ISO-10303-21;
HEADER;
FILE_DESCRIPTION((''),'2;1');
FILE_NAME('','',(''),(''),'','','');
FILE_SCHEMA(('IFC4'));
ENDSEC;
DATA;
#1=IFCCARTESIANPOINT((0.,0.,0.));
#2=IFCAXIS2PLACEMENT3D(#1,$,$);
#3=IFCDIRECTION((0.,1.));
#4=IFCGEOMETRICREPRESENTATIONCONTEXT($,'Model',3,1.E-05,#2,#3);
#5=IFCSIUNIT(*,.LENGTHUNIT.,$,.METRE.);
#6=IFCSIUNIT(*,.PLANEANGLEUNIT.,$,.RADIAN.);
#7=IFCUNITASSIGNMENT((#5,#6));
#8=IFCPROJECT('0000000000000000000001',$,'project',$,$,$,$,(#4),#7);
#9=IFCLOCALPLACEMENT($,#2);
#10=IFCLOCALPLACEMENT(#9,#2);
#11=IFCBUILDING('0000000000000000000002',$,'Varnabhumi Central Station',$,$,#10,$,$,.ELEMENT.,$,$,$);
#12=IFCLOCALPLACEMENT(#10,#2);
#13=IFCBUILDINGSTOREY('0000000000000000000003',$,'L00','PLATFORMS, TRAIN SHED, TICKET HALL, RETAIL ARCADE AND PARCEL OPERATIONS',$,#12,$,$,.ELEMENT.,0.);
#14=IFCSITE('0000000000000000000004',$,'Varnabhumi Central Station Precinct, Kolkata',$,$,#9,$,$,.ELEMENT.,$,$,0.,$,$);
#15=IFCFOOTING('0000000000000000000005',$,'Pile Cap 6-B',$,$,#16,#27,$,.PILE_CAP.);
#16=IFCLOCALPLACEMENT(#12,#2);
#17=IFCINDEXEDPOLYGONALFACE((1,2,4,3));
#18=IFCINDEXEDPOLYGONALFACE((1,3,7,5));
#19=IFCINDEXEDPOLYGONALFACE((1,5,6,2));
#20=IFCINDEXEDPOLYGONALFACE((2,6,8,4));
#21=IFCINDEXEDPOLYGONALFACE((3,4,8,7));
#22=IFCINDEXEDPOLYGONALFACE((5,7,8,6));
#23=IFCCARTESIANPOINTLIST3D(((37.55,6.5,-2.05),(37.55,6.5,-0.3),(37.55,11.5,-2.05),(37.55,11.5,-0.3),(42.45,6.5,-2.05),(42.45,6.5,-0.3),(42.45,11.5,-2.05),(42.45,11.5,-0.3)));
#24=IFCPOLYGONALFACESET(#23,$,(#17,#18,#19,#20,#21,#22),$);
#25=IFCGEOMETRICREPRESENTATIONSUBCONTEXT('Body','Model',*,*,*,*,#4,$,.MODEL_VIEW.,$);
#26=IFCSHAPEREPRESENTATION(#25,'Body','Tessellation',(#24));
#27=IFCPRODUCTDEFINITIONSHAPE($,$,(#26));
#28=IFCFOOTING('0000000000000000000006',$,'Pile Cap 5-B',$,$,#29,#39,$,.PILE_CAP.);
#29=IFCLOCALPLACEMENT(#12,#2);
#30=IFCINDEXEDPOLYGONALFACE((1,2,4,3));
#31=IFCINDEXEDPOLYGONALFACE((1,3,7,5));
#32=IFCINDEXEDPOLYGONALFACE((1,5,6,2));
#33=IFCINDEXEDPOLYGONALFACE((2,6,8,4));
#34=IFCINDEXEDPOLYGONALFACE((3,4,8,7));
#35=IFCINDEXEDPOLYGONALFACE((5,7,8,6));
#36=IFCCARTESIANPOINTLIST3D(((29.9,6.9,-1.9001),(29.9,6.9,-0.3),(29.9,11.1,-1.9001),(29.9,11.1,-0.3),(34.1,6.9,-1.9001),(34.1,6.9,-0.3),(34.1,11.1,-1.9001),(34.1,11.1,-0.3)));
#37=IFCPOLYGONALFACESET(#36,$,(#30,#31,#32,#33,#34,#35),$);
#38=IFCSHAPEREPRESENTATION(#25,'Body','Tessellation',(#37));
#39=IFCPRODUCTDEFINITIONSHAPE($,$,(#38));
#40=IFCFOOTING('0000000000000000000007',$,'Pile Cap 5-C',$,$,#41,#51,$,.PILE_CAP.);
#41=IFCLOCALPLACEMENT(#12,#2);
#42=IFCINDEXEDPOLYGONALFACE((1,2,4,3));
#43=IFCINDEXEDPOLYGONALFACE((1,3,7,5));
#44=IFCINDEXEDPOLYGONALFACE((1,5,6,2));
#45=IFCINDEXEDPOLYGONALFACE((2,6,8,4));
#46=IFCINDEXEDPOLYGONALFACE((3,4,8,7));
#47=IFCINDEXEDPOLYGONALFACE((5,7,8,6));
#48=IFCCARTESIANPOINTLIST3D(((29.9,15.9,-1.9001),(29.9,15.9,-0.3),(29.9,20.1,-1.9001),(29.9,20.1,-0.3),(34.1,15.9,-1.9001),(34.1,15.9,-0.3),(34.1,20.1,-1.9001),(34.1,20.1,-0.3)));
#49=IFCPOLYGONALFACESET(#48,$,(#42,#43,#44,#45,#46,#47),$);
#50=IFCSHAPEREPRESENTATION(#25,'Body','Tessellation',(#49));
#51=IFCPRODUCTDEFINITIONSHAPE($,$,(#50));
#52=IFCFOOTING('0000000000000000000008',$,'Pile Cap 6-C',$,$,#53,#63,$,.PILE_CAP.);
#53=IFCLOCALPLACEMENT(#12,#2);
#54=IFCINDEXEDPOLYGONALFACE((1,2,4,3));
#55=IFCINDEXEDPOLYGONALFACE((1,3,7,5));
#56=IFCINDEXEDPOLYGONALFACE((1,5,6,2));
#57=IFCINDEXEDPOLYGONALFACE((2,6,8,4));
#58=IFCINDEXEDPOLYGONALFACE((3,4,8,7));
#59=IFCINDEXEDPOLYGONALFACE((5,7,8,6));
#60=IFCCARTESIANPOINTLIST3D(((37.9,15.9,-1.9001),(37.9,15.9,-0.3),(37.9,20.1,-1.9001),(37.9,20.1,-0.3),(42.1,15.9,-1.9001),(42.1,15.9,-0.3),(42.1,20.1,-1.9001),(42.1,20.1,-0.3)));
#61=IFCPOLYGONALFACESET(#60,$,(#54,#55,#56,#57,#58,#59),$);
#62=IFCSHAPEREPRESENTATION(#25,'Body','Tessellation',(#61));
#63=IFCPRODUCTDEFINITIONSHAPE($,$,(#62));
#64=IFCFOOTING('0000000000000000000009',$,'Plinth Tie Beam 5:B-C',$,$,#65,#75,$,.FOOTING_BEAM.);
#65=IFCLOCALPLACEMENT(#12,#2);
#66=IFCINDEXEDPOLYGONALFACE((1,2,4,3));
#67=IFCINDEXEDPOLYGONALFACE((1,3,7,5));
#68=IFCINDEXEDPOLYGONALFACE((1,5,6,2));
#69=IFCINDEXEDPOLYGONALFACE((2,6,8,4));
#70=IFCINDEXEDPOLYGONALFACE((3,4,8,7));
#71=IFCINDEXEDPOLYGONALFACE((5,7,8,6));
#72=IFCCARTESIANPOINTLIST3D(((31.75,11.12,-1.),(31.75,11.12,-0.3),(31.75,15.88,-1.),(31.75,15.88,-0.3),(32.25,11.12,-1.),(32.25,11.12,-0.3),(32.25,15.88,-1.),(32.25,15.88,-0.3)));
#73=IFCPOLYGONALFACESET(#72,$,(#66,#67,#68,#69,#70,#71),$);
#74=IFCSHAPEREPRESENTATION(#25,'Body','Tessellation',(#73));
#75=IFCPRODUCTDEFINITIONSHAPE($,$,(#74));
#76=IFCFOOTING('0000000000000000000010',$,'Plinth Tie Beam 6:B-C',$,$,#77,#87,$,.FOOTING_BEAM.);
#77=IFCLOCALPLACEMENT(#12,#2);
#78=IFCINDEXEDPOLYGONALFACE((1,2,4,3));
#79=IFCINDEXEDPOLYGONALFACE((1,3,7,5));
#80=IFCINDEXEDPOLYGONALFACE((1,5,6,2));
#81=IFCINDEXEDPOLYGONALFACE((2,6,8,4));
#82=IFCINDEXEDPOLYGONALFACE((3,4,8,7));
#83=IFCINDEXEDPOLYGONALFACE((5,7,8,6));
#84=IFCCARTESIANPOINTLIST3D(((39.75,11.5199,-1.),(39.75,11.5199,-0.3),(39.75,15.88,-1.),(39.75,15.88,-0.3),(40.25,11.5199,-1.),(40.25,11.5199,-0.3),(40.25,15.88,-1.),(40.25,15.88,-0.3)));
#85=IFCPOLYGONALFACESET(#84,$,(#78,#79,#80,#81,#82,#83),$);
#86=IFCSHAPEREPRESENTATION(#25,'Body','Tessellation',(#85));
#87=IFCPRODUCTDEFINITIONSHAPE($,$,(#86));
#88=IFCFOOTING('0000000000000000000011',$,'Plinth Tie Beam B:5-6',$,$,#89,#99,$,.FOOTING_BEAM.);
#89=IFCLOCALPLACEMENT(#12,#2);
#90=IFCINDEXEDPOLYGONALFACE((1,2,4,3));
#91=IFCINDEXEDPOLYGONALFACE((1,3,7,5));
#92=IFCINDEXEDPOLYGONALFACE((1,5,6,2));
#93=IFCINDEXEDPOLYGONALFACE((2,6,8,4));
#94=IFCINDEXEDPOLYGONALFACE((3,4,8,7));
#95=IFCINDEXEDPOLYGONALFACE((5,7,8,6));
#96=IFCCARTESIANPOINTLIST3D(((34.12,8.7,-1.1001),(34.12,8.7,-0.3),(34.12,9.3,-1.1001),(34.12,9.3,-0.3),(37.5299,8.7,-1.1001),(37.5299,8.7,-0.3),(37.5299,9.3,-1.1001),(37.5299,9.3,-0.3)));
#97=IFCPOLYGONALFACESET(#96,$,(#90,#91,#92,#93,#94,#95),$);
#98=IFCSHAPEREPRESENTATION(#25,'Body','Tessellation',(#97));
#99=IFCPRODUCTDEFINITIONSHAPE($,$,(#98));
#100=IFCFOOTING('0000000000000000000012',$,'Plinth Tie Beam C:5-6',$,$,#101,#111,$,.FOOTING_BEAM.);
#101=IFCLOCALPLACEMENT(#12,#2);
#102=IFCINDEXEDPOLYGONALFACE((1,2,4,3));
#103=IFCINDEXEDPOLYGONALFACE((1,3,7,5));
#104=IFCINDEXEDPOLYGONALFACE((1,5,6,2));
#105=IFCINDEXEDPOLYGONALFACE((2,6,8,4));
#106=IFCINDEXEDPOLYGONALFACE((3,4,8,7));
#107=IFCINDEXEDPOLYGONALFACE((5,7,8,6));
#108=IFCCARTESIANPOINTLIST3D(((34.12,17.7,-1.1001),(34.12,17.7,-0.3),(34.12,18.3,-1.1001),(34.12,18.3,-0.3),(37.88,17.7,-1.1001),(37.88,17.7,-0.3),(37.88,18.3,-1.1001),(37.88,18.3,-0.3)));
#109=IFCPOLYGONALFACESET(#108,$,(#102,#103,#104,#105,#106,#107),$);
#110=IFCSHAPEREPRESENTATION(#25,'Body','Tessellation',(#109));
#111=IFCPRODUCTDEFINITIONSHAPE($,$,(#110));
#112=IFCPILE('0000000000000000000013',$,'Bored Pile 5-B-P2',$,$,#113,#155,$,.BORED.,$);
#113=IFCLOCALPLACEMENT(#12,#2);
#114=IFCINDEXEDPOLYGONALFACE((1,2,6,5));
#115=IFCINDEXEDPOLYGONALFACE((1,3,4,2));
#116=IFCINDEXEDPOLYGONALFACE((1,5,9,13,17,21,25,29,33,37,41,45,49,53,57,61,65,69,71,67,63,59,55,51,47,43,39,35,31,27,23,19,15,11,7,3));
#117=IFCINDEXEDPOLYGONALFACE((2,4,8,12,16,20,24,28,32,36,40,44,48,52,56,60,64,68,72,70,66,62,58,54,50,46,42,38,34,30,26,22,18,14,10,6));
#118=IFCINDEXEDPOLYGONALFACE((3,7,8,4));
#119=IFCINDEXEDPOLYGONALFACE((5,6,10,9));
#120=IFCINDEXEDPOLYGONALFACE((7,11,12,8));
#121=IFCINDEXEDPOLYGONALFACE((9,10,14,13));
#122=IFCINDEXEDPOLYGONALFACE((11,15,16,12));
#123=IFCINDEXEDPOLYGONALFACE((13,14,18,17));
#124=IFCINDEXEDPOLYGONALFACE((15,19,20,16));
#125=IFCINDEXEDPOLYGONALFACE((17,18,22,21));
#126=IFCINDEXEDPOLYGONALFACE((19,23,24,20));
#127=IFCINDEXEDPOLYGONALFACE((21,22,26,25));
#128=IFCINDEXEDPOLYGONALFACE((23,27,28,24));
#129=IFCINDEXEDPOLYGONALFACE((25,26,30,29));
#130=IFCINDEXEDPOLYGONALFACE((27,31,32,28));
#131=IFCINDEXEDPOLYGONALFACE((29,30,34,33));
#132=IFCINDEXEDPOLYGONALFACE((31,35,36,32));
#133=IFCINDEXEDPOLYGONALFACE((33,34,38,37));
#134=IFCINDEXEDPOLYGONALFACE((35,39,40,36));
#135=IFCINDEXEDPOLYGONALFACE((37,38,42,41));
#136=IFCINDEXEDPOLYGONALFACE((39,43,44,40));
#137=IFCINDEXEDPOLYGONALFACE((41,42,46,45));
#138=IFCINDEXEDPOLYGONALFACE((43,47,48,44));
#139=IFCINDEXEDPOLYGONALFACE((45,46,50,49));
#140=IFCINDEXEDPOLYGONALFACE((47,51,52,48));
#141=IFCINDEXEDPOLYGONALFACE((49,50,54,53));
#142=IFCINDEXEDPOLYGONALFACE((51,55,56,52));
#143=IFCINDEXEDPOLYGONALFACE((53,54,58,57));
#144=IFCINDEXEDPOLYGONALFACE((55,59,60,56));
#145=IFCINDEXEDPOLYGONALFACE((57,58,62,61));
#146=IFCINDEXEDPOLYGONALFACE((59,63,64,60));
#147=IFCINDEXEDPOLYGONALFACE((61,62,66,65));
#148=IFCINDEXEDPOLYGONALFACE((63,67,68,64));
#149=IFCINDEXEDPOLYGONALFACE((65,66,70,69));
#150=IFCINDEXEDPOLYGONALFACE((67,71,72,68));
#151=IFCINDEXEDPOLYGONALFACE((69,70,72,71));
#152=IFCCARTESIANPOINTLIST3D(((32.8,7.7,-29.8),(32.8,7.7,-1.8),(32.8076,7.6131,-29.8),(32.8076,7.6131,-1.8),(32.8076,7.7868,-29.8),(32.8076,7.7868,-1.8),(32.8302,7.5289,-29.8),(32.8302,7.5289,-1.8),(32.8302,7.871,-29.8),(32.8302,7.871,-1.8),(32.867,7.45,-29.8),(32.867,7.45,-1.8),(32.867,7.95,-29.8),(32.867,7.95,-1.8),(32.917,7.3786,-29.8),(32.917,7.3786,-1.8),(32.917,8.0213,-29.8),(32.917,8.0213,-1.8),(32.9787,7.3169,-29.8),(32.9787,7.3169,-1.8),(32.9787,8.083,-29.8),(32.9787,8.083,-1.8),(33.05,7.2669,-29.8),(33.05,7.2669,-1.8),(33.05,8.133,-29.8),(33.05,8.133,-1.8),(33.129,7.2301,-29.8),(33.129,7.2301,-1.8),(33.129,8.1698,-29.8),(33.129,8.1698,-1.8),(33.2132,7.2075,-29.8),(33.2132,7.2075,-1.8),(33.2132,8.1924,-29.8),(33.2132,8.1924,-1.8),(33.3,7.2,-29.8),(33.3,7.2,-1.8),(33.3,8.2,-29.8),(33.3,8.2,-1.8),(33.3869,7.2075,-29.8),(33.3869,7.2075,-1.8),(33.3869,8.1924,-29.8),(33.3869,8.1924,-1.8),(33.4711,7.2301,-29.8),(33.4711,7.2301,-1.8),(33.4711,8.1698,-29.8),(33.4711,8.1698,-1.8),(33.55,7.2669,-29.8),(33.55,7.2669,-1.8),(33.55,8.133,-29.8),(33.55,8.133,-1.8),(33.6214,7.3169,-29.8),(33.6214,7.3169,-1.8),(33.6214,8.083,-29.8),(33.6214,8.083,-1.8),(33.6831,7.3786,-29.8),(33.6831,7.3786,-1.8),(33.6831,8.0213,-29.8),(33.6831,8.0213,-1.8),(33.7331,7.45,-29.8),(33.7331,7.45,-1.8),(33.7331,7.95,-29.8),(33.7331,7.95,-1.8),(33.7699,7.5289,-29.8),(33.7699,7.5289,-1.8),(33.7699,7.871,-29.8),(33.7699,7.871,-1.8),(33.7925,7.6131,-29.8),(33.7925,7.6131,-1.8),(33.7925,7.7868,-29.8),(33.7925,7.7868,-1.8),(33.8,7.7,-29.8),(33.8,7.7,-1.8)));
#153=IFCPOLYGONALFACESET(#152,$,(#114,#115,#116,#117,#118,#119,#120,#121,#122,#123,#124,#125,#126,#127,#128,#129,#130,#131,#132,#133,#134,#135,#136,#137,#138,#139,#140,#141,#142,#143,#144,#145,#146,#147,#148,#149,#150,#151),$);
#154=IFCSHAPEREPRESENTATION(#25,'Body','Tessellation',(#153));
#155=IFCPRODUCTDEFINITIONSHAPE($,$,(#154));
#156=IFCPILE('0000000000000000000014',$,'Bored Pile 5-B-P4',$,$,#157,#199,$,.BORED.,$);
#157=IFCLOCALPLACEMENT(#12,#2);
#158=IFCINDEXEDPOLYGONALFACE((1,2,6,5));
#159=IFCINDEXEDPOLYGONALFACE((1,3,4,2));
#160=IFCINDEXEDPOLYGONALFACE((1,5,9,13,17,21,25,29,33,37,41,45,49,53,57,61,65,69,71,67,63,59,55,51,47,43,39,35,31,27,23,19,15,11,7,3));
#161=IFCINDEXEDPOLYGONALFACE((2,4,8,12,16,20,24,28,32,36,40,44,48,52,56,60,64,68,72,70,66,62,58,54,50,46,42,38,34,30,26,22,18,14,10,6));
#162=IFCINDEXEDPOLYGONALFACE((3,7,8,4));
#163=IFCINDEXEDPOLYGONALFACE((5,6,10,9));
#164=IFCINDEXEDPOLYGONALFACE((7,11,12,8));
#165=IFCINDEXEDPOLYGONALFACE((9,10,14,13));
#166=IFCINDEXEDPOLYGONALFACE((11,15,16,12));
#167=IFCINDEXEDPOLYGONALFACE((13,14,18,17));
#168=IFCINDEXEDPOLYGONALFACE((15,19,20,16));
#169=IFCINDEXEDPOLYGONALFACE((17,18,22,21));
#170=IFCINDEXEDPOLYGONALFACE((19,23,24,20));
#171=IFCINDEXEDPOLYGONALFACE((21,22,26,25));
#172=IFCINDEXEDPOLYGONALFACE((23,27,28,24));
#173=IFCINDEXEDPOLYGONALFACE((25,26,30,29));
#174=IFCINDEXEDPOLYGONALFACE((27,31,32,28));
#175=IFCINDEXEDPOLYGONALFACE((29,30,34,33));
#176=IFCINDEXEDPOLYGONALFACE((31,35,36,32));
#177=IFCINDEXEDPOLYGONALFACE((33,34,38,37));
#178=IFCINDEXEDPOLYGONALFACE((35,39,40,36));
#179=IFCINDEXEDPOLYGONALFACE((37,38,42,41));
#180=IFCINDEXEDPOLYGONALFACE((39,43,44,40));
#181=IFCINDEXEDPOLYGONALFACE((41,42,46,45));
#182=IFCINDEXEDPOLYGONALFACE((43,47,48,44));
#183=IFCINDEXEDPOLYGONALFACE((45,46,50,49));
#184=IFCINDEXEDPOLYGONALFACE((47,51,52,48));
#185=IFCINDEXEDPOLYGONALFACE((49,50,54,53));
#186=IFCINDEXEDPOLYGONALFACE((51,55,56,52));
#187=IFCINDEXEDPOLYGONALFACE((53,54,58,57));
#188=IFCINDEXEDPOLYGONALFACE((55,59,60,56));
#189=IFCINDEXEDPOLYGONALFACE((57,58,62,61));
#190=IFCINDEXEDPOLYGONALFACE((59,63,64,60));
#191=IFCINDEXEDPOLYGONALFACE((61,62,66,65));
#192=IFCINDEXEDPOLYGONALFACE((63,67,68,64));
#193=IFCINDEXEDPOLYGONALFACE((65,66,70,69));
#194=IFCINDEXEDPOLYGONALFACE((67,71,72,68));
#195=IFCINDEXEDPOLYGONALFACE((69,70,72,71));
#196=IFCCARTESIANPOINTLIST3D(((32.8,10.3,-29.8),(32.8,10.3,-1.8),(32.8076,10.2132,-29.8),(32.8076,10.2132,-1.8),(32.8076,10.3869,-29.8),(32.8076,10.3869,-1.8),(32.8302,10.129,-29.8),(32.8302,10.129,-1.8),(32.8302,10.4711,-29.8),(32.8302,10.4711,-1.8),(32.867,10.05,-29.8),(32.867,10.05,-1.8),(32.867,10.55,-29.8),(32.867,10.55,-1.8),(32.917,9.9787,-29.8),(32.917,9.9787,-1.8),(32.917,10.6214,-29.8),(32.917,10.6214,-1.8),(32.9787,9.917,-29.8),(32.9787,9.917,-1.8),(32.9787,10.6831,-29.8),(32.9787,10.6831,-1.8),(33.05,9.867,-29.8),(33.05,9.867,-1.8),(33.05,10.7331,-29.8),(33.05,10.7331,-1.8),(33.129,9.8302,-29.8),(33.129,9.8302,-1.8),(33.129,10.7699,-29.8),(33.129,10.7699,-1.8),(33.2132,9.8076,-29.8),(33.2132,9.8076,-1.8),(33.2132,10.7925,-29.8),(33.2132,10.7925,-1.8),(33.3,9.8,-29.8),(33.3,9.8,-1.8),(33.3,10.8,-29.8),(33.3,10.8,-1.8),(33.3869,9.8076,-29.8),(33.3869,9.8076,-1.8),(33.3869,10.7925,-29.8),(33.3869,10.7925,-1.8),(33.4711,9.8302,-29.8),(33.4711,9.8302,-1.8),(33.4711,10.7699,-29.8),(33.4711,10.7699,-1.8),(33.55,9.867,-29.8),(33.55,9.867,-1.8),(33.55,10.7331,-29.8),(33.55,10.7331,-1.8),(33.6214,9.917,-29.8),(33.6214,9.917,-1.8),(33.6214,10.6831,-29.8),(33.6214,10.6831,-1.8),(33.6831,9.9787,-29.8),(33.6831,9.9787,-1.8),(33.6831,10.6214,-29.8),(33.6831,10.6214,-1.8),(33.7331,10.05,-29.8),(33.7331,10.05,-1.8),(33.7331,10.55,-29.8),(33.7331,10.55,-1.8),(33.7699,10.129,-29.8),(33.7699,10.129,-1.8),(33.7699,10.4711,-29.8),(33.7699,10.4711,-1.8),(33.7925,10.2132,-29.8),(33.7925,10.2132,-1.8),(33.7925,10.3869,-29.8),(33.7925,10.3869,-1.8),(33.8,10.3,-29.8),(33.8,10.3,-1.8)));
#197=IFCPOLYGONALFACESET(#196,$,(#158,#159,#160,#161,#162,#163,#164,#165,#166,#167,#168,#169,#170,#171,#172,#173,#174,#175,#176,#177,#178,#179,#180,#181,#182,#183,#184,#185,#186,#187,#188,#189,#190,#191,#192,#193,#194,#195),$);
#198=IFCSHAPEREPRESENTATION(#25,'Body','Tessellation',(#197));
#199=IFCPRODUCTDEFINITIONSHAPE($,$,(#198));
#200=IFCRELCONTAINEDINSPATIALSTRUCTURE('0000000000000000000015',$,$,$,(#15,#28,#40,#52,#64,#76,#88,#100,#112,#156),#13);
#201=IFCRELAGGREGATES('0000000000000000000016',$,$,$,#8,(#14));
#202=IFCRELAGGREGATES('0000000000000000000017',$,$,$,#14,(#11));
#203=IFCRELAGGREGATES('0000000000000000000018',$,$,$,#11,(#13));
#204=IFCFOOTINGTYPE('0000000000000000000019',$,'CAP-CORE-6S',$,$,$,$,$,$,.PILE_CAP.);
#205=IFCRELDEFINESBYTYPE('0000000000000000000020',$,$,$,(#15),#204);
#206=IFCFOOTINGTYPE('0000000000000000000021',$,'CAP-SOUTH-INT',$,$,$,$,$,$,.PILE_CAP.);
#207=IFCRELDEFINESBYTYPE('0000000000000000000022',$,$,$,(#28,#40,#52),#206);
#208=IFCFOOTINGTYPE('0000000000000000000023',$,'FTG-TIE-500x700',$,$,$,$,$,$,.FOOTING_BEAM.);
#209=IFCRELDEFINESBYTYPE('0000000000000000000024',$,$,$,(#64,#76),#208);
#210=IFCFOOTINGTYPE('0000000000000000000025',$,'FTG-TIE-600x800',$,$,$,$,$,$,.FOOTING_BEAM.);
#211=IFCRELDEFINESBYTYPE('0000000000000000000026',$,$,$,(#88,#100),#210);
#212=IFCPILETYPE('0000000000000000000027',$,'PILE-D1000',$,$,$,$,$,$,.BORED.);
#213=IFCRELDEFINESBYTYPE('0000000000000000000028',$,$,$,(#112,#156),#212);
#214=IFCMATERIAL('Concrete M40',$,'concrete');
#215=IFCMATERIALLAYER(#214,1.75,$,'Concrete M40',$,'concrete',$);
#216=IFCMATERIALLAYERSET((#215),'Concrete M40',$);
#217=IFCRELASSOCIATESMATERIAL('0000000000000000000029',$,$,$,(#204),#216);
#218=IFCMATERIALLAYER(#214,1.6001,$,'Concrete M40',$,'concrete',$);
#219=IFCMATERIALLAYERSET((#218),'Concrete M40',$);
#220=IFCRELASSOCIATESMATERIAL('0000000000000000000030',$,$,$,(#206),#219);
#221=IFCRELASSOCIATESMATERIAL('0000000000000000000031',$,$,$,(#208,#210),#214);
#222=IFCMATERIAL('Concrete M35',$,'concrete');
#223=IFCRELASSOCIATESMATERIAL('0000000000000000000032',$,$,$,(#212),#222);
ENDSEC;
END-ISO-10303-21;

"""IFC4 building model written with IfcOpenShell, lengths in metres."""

from ifc_helpers import new_model, si_unit, direction, frame, origin, origin_2d, place, context, subcontext, project, spatial, rectangle, circle, extrude, material, layer, layer_set, material_profile, profile_set, type_object, element, save


model = new_model("IFC4")

# Units and contexts
model_context = context("Model", 3, precision=1e-05, world=origin(), true_north=direction((0.0, 1.0)))
body_context = subcontext(model_context, "Body", "Model", "MODEL_VIEW")
ifc_project = project(units=[si_unit("LENGTHUNIT", "METRE"), si_unit("PLANEANGLEUNIT", "RADIAN")], contexts=[model_context])

# Site, building, storey
site_placement = place(None, origin())
site = spatial("IfcSite", under=ifc_project, at=site_placement, Name="Varnabhumi Central Station Precinct, Kolkata", CompositionType="ELEMENT", RefElevation=0.0)
building_placement = place(site_placement, origin())
building = spatial("IfcBuilding", under=site, at=building_placement, Name="Varnabhumi Central Station", CompositionType="ELEMENT")
storey_placement = place(building_placement, origin())
storey = spatial("IfcBuildingStorey", under=building, at=storey_placement, Name="L00", Description="PLATFORMS, TRAIN SHED, TICKET HALL, RETAIL ARCADE AND PARCEL OPERATIONS", CompositionType="ELEMENT", Elevation=0.0)

# Footings
ifc_material_1 = material(Name="Concrete M40", Category="concrete")
ifc_layer_1 = layer(ifc_material_1, 1.75, Name="Concrete M40", Category="concrete")
ifc_layer_set_1 = layer_set([ifc_layer_1], Name="Concrete M40")
footing_type_1 = type_object("IfcFootingType", Name="CAP-CORE-6S", PredefinedType="PILE_CAP", material=ifc_layer_set_1)
footing_1_placement = place(storey_placement, frame((40.0, 9.0, -2.05), z_axis=(0.0, 0.0, 1.0), x_axis=(1.0, 0.0, 0.0)))
element("IfcFooting", 1, at=footing_1_placement, inside=storey, type_object=footing_type_1, Name="Pile Cap 6-B", PredefinedType="PILE_CAP", context=body_context, shape_type="SweptSolid", body=[
    extrude(rectangle(XDim=4.8999, YDim=5.0, at=origin_2d()), origin(), (0.0, 0.0, 1.0), 1.75),
])
ifc_layer_2 = layer(ifc_material_1, 1.6001, Name="Concrete M40", Category="concrete")
ifc_layer_set_2 = layer_set([ifc_layer_2], Name="Concrete M40")
footing_type_2 = type_object("IfcFootingType", Name="CAP-SOUTH-INT", PredefinedType="PILE_CAP", material=ifc_layer_set_2)
for number, where, z_axis, x_axis, name in (
    (2, (32.0, 9.0, -1.9001), (0.0, 0.0, 1.0), (1.0, 0.0, 0.0), "Pile Cap 5-B"),
    (3, (32.0, 18.0, -1.9001), (0.0, 0.0, 1.0), (1.0, 0.0, 0.0), "Pile Cap 5-C"),
    (4, (40.0, 18.0, -1.9001), (0.0, 0.0, 1.0), (1.0, 0.0, 0.0), "Pile Cap 6-C"),
):
    element("IfcFooting", number, at=place(storey_placement, frame(where, z_axis=z_axis, x_axis=x_axis)), inside=storey, type_object=footing_type_2, Name=name, PredefinedType="PILE_CAP", context=body_context, shape_type="SweptSolid", body=[
        extrude(rectangle(XDim=4.2, YDim=4.2, at=origin_2d()), origin(), (0.0, 0.0, 1.0), 1.6001),
    ])
footing_type_3 = type_object("IfcFootingType", Name="FTG-TIE-500x700", PredefinedType="FOOTING_BEAM", material=ifc_material_1)
footing_2_placement = place(storey_placement, frame((32.0, 13.5, -1.0), z_axis=(0.0, 0.0, 1.0), x_axis=(1.0, 0.0, 0.0)))
element("IfcFooting", 5, at=footing_2_placement, inside=storey, type_object=footing_type_3, Name="Plinth Tie Beam 5:B-C", PredefinedType="FOOTING_BEAM", context=body_context, shape_type="SweptSolid", body=[
    extrude(rectangle(XDim=0.5, YDim=4.76, at=origin_2d()), origin(), (0.0, 0.0, 1.0), 0.7),
])
footing_3_placement = place(storey_placement, frame((40.0, 13.7, -1.0), z_axis=(0.0, 0.0, 1.0), x_axis=(1.0, 0.0, 0.0)))
element("IfcFooting", 6, at=footing_3_placement, inside=storey, type_object=footing_type_3, Name="Plinth Tie Beam 6:B-C", PredefinedType="FOOTING_BEAM", context=body_context, shape_type="SweptSolid", body=[
    extrude(rectangle(XDim=0.5, YDim=4.3601, at=origin_2d()), origin(), (0.0, 0.0, 1.0), 0.7),
])
footing_type_4 = type_object("IfcFootingType", Name="FTG-TIE-600x800", PredefinedType="FOOTING_BEAM", material=ifc_material_1)
footing_4_placement = place(storey_placement, frame((35.825, 9.0, -1.1001), z_axis=(0.0, 0.0, 1.0), x_axis=(1.0, 0.0, 0.0)))
element("IfcFooting", 7, at=footing_4_placement, inside=storey, type_object=footing_type_4, Name="Plinth Tie Beam B:5-6", PredefinedType="FOOTING_BEAM", context=body_context, shape_type="SweptSolid", body=[
    extrude(rectangle(XDim=3.4099, YDim=0.6001, at=origin_2d()), origin(), (0.0, 0.0, 1.0), 0.8),
])
footing_5_placement = place(storey_placement, frame((36.0, 18.0, -1.1001), z_axis=(0.0, 0.0, 1.0), x_axis=(1.0, 0.0, 0.0)))
element("IfcFooting", 8, at=footing_5_placement, inside=storey, type_object=footing_type_4, Name="Plinth Tie Beam C:5-6", PredefinedType="FOOTING_BEAM", context=body_context, shape_type="SweptSolid", body=[
    extrude(rectangle(XDim=3.76, YDim=0.6001, at=origin_2d()), origin(), (0.0, 0.0, 1.0), 0.8),
])

# Piles
ifc_material_2 = material(Name="Concrete M35", Category="concrete")
ifc_material_profile_1 = material_profile(ifc_material_2, circle(Radius=0.5, at=origin_2d()), Name="Concrete M35", Category="concrete")
ifc_profile_set_1 = profile_set([ifc_material_profile_1], Name="Concrete M35")
pile_type_1 = type_object("IfcPileType", Name="PILE-D1000", PredefinedType="BORED", material=ifc_profile_set_1)
for number, where, z_axis, x_axis, name in (
    (9, (33.3, 7.7, -1.8), (0.0, 0.0, -1.0), (1.0, 0.0, 0.0), "Bored Pile 5-B-P2"),
    (10, (33.3, 10.3, -1.8), (0.0, 0.0, -1.0), (1.0, 0.0, 0.0), "Bored Pile 5-B-P4"),
):
    element("IfcPile", number, at=place(storey_placement, frame(where, z_axis=z_axis, x_axis=x_axis)), inside=storey, type_object=pile_type_1, Name=name, PredefinedType="BORED", context=body_context, shape_type="SweptSolid", body=[
        extrude(circle(Radius=0.5, at=origin_2d()), origin(), (0.0, 0.0, 1.0), 28.0),
    ])

save(model, "model.ifc")
